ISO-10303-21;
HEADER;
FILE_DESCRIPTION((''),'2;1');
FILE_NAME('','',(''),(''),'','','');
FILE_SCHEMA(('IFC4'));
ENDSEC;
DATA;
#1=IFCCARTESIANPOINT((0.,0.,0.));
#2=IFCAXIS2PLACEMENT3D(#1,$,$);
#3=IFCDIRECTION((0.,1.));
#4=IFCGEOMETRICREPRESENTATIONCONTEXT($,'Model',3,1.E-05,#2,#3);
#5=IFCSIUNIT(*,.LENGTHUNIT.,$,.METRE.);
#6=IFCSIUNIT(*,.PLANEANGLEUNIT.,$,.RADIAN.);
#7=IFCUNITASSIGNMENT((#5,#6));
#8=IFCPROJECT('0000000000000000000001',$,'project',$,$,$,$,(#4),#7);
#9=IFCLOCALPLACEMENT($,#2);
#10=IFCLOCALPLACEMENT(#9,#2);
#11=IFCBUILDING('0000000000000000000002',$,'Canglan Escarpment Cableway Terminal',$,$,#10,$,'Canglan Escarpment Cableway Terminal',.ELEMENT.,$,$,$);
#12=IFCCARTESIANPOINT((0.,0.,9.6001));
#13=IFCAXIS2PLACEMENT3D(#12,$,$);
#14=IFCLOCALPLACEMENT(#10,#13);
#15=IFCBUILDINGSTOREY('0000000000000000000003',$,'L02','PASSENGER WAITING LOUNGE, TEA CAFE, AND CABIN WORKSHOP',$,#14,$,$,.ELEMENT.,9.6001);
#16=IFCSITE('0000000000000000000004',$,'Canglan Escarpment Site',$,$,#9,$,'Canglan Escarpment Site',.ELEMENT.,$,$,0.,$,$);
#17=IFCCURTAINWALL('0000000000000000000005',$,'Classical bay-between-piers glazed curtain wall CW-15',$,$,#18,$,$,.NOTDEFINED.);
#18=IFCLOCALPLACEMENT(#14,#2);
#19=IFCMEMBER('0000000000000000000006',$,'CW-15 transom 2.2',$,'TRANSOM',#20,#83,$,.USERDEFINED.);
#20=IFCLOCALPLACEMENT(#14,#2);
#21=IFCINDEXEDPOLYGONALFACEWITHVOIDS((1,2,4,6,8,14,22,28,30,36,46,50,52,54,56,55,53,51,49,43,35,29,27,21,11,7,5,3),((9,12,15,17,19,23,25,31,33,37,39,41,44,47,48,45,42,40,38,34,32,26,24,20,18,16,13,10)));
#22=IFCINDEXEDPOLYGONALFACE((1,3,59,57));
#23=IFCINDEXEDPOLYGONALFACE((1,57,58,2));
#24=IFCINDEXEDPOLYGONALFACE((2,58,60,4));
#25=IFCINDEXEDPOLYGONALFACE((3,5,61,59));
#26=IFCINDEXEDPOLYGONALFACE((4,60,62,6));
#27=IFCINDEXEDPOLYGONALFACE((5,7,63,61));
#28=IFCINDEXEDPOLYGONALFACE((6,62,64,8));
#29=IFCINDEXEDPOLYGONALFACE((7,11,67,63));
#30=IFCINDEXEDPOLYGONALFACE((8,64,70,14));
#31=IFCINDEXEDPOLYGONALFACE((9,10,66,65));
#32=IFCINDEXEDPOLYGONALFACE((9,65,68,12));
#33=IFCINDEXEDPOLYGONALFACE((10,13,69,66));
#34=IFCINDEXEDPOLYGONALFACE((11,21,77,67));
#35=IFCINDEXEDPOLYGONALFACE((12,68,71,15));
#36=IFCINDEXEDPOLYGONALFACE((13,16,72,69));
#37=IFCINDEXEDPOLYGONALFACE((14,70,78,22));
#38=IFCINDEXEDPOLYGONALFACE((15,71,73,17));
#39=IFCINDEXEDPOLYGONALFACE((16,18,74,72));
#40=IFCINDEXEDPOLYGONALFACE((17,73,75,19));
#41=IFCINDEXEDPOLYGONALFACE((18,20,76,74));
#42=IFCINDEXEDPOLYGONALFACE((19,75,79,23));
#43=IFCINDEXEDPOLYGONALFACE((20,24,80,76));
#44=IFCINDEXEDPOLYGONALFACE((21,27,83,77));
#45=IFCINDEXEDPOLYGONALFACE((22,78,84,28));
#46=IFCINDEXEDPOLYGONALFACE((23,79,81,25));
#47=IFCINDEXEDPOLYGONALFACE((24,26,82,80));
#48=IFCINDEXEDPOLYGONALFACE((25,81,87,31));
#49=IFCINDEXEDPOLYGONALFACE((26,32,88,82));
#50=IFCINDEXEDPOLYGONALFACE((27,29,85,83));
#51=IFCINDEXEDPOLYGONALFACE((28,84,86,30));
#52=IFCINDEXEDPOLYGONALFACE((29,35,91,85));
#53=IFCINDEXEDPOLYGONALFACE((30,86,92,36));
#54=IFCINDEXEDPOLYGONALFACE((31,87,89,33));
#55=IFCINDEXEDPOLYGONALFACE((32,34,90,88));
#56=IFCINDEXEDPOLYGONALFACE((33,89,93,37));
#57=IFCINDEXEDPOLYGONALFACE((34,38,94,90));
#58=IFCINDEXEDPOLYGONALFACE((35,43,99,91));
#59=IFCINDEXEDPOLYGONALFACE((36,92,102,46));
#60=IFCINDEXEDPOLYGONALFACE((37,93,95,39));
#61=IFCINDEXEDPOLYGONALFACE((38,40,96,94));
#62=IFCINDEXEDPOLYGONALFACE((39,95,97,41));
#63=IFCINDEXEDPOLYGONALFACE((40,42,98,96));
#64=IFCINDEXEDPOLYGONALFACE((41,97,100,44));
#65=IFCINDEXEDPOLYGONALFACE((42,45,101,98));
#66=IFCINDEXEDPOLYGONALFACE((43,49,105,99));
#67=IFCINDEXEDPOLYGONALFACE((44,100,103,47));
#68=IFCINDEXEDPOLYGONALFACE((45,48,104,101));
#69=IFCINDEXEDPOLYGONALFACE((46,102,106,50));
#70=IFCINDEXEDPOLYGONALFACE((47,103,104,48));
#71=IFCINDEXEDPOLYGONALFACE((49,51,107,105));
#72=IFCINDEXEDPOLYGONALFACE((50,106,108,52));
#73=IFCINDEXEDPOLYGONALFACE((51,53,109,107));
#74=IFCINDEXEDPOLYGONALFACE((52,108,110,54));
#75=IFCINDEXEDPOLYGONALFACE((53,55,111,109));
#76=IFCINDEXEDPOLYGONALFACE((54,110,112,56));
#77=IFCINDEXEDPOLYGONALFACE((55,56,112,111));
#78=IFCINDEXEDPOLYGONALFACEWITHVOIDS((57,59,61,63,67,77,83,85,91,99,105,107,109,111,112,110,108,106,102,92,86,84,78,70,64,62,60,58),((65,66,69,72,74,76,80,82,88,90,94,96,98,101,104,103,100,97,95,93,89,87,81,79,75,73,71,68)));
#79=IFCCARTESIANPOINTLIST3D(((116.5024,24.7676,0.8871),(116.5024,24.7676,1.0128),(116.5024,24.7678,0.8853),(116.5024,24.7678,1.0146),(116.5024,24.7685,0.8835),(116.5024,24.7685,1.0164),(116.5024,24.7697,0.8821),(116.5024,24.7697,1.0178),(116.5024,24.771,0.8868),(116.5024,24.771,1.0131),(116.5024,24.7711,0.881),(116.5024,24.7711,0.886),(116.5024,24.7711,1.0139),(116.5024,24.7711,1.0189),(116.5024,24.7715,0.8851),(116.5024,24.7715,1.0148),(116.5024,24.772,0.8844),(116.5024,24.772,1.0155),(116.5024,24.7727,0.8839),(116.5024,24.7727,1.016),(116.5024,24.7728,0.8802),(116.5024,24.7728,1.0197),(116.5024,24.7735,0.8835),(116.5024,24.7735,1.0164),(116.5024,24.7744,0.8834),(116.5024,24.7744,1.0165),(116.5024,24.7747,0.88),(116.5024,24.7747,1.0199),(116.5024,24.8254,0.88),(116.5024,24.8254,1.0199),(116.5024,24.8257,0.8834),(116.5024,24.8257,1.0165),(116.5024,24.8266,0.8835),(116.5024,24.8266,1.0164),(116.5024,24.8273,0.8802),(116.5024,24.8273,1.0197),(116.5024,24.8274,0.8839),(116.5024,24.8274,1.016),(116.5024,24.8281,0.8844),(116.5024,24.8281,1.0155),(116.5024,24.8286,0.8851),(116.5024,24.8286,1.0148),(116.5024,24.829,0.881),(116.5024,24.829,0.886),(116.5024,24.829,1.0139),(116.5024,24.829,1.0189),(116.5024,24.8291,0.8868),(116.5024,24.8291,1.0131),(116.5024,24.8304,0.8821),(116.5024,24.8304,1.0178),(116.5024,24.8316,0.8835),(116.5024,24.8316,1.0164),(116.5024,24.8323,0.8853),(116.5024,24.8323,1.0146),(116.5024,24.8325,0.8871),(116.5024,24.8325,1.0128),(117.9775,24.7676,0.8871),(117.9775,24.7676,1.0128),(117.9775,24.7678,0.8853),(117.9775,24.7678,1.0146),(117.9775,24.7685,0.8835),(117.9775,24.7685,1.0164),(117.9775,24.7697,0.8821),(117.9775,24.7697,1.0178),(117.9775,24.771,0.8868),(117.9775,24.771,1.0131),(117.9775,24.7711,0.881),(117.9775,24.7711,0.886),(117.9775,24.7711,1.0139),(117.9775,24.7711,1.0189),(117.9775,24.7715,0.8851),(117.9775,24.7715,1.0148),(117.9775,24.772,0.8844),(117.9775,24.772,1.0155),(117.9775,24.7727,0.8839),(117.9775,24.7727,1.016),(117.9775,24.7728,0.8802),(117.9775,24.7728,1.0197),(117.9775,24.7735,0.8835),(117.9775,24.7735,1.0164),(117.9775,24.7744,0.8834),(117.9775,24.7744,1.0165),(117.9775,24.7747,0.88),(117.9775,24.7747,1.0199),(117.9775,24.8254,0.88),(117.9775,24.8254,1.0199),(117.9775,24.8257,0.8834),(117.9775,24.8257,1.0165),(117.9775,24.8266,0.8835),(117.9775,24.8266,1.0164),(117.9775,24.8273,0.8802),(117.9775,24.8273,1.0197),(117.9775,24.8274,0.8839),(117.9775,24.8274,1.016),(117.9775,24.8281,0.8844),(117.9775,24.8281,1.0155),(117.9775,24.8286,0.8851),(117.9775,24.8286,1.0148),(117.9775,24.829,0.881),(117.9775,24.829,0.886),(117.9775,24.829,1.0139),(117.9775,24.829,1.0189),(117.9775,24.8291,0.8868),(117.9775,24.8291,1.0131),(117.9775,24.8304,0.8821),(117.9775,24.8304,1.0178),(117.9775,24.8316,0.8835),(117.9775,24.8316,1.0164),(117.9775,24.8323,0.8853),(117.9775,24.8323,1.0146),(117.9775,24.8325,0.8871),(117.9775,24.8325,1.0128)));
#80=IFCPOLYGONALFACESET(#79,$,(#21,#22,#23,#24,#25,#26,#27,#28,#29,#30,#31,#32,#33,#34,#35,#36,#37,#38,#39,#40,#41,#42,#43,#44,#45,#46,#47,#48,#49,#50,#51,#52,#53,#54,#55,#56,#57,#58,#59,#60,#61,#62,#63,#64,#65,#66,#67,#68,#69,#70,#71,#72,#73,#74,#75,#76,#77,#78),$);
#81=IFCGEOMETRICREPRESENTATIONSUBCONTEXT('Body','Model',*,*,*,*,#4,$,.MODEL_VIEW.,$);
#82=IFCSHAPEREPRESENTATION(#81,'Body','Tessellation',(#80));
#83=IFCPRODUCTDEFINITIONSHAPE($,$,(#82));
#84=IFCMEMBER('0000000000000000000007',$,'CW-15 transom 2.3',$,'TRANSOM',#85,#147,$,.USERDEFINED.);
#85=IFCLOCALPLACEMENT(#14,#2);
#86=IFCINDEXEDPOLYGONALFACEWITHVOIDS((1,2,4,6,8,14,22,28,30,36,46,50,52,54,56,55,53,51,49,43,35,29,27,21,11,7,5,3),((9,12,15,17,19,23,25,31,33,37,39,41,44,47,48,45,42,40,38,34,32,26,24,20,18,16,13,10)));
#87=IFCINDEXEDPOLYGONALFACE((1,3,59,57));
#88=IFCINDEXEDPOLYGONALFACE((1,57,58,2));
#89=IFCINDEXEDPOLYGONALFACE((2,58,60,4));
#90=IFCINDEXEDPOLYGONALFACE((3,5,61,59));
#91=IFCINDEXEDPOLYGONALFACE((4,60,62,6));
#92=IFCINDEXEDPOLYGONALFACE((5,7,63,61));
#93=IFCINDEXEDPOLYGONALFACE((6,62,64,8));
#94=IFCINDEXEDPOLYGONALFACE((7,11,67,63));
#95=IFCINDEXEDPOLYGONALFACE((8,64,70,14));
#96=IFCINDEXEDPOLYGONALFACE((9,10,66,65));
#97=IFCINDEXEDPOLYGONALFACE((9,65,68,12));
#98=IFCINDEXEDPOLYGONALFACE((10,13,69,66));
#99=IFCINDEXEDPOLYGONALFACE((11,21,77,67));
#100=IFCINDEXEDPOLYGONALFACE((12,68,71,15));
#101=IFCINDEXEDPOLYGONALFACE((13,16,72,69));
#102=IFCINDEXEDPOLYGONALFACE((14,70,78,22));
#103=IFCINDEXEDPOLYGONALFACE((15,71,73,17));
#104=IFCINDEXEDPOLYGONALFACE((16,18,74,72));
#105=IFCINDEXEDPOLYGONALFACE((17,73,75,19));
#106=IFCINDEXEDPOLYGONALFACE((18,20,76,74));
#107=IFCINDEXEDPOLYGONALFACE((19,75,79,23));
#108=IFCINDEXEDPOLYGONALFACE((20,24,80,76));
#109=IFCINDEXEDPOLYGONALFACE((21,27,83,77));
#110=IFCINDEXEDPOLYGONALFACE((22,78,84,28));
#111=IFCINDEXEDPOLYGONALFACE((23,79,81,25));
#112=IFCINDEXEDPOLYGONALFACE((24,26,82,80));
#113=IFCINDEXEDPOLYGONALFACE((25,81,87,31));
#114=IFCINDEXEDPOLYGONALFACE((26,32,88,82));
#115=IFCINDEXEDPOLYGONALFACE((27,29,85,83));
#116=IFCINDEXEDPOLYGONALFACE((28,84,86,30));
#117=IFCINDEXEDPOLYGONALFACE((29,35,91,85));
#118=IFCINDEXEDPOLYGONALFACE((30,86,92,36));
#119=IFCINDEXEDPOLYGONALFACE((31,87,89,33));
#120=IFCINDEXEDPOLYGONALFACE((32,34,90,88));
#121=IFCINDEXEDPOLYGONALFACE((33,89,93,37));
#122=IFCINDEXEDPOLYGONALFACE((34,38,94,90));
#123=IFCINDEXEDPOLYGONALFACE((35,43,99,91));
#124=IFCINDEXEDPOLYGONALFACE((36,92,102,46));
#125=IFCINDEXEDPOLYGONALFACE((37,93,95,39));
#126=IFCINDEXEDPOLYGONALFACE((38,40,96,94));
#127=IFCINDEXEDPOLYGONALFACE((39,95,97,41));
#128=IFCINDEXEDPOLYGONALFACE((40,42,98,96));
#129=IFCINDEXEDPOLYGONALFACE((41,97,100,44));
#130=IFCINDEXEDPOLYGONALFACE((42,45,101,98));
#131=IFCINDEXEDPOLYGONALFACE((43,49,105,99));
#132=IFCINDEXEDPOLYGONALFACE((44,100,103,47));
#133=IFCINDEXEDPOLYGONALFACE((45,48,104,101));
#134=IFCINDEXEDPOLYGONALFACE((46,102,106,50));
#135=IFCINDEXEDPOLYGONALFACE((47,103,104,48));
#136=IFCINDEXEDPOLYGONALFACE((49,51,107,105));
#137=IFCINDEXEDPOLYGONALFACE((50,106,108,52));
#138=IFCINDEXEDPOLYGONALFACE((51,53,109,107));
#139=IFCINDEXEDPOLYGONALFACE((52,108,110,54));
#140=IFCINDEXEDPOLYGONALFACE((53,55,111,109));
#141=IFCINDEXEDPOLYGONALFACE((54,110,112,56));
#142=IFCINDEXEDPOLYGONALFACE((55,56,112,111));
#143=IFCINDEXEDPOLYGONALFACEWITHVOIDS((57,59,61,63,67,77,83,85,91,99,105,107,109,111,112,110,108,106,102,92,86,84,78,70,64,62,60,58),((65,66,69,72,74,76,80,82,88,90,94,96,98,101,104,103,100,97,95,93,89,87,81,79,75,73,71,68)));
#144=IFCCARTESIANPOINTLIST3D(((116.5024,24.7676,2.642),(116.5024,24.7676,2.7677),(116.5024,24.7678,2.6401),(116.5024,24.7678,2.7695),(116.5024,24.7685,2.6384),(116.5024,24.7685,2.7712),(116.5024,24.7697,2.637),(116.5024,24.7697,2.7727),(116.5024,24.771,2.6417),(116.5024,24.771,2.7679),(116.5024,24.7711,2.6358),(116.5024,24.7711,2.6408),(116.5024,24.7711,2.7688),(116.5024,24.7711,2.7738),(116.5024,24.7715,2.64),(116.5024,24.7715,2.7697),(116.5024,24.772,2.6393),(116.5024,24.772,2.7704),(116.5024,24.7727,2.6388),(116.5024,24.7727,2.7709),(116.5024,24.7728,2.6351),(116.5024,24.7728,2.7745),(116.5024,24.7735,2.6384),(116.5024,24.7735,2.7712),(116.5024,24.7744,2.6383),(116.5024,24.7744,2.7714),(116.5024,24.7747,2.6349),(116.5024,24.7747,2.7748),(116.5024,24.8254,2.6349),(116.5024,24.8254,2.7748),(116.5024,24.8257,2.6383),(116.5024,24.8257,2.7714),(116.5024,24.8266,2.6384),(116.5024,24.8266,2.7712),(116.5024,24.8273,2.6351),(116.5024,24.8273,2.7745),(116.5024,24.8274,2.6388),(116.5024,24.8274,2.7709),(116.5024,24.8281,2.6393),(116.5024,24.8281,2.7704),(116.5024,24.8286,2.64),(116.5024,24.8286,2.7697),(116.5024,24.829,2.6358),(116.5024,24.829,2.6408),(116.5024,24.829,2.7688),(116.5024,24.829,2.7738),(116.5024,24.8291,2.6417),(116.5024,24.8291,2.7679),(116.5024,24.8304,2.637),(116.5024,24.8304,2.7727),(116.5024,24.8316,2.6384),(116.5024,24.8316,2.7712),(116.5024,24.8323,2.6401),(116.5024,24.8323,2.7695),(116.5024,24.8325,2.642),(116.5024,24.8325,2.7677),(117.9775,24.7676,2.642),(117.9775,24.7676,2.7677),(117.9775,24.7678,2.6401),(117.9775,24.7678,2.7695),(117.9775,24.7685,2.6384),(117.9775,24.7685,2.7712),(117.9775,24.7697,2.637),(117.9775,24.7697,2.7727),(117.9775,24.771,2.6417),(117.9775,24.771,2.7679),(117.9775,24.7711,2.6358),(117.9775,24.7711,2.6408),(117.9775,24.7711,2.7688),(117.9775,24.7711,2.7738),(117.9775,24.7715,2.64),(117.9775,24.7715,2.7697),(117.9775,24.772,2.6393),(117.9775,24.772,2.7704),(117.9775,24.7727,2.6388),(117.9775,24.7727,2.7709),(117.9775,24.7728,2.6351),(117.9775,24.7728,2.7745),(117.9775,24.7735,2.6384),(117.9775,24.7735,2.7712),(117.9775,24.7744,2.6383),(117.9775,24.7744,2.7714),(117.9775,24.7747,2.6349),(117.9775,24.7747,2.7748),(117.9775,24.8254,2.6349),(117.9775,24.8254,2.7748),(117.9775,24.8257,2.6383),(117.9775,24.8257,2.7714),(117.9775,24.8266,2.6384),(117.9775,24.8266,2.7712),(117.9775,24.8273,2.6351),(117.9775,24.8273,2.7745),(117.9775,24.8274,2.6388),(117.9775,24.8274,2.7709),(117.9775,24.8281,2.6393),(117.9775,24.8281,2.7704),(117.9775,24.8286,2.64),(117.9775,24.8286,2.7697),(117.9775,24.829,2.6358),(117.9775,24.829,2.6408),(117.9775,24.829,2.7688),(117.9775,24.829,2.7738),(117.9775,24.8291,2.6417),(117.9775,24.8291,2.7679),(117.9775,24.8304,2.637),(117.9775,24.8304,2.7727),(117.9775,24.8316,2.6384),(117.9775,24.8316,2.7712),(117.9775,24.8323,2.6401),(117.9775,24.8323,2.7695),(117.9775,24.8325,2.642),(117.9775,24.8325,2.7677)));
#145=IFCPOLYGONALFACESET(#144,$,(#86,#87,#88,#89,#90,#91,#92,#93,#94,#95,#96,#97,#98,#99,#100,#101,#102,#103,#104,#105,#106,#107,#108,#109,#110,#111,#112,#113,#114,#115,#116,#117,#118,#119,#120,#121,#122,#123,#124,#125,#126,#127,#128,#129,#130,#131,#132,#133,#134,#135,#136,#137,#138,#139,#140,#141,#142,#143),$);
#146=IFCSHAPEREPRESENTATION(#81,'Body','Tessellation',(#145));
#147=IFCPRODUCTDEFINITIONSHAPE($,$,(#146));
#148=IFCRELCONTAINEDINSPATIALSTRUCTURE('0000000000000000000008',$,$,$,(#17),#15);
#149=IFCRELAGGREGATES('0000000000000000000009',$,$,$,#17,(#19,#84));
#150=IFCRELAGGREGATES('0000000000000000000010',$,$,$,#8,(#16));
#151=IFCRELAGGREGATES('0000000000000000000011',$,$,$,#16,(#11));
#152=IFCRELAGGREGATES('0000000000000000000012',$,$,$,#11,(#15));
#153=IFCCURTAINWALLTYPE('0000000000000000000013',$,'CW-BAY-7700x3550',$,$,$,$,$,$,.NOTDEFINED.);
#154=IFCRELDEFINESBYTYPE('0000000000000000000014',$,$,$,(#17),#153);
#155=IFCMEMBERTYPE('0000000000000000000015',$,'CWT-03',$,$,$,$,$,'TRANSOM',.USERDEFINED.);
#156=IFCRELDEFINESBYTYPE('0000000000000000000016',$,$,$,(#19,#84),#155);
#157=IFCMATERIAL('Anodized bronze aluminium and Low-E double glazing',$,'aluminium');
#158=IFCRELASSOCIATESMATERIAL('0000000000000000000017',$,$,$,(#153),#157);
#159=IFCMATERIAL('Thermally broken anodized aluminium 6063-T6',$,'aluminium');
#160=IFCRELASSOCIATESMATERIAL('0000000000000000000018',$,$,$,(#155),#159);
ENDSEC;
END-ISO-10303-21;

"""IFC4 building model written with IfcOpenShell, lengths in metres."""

from ifc_helpers import new_model, si_unit, direction, frame, origin, origin_2d, place, context, subcontext, project, spatial, hollow_rectangle, extrude, material, material_profile, profile_set, type_object, element, aggregate, save


model = new_model("IFC4")

# Units and contexts
model_context = context("Model", 3, precision=1e-05, world=origin(), true_north=direction((0.0, 1.0)))
body_context = subcontext(model_context, "Body", "Model", "MODEL_VIEW")
ifc_project = project(units=[si_unit("LENGTHUNIT", "METRE"), si_unit("PLANEANGLEUNIT", "RADIAN")], contexts=[model_context])

# Site, building, storey
site_placement = place(None, origin())
site = spatial("IfcSite", under=ifc_project, at=site_placement, Name="Canglan Escarpment Site", LongName="Canglan Escarpment Site", CompositionType="ELEMENT", RefElevation=0.0)
building_placement = place(site_placement, origin())
building = spatial("IfcBuilding", under=site, at=building_placement, Name="Canglan Escarpment Cableway Terminal", LongName="Canglan Escarpment Cableway Terminal", CompositionType="ELEMENT")
storey_placement = place(building_placement, frame((0.0, 0.0, 9.6001)))
storey = spatial("IfcBuildingStorey", under=building, at=storey_placement, Name="L02", Description="PASSENGER WAITING LOUNGE, TEA CAFE, AND CABIN WORKSHOP", CompositionType="ELEMENT", Elevation=9.6001)

# Curtain wall, members
ifc_material_1 = material(Name="Anodized bronze aluminium and Low-E double glazing", Category="aluminium")
curtain_wall_type = type_object("IfcCurtainWallType", Name="CW-BAY-7700x3550", PredefinedType="NOTDEFINED", material=ifc_material_1)
curtain_wall_placement = place(storey_placement, origin())
curtain_wall = element("IfcCurtainWall", 1, at=curtain_wall_placement, inside=storey, type_object=curtain_wall_type, Name="Classical bay-between-piers glazed curtain wall CW-15", PredefinedType="NOTDEFINED")
ifc_material_2 = material(Name="Thermally broken anodized aluminium 6063-T6", Category="aluminium")
ifc_material_profile_1 = material_profile(ifc_material_2, hollow_rectangle(XDim=0.0649, YDim=0.1399, WallThickness=0.0034, InnerFilletRadius=0.0034, OuterFilletRadius=0.0071, at=origin_2d()), Name="ALU-TRAN 65x140x3.5")
ifc_profile_set_1 = profile_set([ifc_material_profile_1], Name="Thermally broken anodized aluminium 6063-T6")
member_type_1 = type_object("IfcMemberType", Name="CWT-03", ElementType="TRANSOM", PredefinedType="USERDEFINED", material=ifc_profile_set_1)
member_1_placement = place(storey_placement, frame((117.9775, 24.8, 0.95), z_axis=(-1.0, 0.0, 0.0), x_axis=(0.0, -1.0, 0.0)))
member_1 = element("IfcMember", 2, at=member_1_placement, type_object=member_type_1, Name="CW-15 transom 2.2", ObjectType="TRANSOM", PredefinedType="USERDEFINED", context=body_context, shape_type="SweptSolid", body=[
    extrude(hollow_rectangle(XDim=0.0649, YDim=0.1399, WallThickness=0.0034, InnerFilletRadius=0.0034, OuterFilletRadius=0.0071, at=origin_2d()), origin(), (0.0, 0.0, 1.0), 1.4751),
])
member_2_placement = place(storey_placement, frame((117.9775, 24.8, 2.7048), z_axis=(-1.0, 0.0, 0.0), x_axis=(0.0, -1.0, 0.0)))
member_2 = element("IfcMember", 3, at=member_2_placement, type_object=member_type_1, Name="CW-15 transom 2.3", ObjectType="TRANSOM", PredefinedType="USERDEFINED", context=body_context, shape_type="SweptSolid", body=[
    extrude(hollow_rectangle(XDim=0.0649, YDim=0.1399, WallThickness=0.0034, InnerFilletRadius=0.0034, OuterFilletRadius=0.0071, at=origin_2d()), origin(), (0.0, 0.0, 1.0), 1.4751),
])

aggregate(curtain_wall, [member_1, member_2])

save(model, "model.ifc")
